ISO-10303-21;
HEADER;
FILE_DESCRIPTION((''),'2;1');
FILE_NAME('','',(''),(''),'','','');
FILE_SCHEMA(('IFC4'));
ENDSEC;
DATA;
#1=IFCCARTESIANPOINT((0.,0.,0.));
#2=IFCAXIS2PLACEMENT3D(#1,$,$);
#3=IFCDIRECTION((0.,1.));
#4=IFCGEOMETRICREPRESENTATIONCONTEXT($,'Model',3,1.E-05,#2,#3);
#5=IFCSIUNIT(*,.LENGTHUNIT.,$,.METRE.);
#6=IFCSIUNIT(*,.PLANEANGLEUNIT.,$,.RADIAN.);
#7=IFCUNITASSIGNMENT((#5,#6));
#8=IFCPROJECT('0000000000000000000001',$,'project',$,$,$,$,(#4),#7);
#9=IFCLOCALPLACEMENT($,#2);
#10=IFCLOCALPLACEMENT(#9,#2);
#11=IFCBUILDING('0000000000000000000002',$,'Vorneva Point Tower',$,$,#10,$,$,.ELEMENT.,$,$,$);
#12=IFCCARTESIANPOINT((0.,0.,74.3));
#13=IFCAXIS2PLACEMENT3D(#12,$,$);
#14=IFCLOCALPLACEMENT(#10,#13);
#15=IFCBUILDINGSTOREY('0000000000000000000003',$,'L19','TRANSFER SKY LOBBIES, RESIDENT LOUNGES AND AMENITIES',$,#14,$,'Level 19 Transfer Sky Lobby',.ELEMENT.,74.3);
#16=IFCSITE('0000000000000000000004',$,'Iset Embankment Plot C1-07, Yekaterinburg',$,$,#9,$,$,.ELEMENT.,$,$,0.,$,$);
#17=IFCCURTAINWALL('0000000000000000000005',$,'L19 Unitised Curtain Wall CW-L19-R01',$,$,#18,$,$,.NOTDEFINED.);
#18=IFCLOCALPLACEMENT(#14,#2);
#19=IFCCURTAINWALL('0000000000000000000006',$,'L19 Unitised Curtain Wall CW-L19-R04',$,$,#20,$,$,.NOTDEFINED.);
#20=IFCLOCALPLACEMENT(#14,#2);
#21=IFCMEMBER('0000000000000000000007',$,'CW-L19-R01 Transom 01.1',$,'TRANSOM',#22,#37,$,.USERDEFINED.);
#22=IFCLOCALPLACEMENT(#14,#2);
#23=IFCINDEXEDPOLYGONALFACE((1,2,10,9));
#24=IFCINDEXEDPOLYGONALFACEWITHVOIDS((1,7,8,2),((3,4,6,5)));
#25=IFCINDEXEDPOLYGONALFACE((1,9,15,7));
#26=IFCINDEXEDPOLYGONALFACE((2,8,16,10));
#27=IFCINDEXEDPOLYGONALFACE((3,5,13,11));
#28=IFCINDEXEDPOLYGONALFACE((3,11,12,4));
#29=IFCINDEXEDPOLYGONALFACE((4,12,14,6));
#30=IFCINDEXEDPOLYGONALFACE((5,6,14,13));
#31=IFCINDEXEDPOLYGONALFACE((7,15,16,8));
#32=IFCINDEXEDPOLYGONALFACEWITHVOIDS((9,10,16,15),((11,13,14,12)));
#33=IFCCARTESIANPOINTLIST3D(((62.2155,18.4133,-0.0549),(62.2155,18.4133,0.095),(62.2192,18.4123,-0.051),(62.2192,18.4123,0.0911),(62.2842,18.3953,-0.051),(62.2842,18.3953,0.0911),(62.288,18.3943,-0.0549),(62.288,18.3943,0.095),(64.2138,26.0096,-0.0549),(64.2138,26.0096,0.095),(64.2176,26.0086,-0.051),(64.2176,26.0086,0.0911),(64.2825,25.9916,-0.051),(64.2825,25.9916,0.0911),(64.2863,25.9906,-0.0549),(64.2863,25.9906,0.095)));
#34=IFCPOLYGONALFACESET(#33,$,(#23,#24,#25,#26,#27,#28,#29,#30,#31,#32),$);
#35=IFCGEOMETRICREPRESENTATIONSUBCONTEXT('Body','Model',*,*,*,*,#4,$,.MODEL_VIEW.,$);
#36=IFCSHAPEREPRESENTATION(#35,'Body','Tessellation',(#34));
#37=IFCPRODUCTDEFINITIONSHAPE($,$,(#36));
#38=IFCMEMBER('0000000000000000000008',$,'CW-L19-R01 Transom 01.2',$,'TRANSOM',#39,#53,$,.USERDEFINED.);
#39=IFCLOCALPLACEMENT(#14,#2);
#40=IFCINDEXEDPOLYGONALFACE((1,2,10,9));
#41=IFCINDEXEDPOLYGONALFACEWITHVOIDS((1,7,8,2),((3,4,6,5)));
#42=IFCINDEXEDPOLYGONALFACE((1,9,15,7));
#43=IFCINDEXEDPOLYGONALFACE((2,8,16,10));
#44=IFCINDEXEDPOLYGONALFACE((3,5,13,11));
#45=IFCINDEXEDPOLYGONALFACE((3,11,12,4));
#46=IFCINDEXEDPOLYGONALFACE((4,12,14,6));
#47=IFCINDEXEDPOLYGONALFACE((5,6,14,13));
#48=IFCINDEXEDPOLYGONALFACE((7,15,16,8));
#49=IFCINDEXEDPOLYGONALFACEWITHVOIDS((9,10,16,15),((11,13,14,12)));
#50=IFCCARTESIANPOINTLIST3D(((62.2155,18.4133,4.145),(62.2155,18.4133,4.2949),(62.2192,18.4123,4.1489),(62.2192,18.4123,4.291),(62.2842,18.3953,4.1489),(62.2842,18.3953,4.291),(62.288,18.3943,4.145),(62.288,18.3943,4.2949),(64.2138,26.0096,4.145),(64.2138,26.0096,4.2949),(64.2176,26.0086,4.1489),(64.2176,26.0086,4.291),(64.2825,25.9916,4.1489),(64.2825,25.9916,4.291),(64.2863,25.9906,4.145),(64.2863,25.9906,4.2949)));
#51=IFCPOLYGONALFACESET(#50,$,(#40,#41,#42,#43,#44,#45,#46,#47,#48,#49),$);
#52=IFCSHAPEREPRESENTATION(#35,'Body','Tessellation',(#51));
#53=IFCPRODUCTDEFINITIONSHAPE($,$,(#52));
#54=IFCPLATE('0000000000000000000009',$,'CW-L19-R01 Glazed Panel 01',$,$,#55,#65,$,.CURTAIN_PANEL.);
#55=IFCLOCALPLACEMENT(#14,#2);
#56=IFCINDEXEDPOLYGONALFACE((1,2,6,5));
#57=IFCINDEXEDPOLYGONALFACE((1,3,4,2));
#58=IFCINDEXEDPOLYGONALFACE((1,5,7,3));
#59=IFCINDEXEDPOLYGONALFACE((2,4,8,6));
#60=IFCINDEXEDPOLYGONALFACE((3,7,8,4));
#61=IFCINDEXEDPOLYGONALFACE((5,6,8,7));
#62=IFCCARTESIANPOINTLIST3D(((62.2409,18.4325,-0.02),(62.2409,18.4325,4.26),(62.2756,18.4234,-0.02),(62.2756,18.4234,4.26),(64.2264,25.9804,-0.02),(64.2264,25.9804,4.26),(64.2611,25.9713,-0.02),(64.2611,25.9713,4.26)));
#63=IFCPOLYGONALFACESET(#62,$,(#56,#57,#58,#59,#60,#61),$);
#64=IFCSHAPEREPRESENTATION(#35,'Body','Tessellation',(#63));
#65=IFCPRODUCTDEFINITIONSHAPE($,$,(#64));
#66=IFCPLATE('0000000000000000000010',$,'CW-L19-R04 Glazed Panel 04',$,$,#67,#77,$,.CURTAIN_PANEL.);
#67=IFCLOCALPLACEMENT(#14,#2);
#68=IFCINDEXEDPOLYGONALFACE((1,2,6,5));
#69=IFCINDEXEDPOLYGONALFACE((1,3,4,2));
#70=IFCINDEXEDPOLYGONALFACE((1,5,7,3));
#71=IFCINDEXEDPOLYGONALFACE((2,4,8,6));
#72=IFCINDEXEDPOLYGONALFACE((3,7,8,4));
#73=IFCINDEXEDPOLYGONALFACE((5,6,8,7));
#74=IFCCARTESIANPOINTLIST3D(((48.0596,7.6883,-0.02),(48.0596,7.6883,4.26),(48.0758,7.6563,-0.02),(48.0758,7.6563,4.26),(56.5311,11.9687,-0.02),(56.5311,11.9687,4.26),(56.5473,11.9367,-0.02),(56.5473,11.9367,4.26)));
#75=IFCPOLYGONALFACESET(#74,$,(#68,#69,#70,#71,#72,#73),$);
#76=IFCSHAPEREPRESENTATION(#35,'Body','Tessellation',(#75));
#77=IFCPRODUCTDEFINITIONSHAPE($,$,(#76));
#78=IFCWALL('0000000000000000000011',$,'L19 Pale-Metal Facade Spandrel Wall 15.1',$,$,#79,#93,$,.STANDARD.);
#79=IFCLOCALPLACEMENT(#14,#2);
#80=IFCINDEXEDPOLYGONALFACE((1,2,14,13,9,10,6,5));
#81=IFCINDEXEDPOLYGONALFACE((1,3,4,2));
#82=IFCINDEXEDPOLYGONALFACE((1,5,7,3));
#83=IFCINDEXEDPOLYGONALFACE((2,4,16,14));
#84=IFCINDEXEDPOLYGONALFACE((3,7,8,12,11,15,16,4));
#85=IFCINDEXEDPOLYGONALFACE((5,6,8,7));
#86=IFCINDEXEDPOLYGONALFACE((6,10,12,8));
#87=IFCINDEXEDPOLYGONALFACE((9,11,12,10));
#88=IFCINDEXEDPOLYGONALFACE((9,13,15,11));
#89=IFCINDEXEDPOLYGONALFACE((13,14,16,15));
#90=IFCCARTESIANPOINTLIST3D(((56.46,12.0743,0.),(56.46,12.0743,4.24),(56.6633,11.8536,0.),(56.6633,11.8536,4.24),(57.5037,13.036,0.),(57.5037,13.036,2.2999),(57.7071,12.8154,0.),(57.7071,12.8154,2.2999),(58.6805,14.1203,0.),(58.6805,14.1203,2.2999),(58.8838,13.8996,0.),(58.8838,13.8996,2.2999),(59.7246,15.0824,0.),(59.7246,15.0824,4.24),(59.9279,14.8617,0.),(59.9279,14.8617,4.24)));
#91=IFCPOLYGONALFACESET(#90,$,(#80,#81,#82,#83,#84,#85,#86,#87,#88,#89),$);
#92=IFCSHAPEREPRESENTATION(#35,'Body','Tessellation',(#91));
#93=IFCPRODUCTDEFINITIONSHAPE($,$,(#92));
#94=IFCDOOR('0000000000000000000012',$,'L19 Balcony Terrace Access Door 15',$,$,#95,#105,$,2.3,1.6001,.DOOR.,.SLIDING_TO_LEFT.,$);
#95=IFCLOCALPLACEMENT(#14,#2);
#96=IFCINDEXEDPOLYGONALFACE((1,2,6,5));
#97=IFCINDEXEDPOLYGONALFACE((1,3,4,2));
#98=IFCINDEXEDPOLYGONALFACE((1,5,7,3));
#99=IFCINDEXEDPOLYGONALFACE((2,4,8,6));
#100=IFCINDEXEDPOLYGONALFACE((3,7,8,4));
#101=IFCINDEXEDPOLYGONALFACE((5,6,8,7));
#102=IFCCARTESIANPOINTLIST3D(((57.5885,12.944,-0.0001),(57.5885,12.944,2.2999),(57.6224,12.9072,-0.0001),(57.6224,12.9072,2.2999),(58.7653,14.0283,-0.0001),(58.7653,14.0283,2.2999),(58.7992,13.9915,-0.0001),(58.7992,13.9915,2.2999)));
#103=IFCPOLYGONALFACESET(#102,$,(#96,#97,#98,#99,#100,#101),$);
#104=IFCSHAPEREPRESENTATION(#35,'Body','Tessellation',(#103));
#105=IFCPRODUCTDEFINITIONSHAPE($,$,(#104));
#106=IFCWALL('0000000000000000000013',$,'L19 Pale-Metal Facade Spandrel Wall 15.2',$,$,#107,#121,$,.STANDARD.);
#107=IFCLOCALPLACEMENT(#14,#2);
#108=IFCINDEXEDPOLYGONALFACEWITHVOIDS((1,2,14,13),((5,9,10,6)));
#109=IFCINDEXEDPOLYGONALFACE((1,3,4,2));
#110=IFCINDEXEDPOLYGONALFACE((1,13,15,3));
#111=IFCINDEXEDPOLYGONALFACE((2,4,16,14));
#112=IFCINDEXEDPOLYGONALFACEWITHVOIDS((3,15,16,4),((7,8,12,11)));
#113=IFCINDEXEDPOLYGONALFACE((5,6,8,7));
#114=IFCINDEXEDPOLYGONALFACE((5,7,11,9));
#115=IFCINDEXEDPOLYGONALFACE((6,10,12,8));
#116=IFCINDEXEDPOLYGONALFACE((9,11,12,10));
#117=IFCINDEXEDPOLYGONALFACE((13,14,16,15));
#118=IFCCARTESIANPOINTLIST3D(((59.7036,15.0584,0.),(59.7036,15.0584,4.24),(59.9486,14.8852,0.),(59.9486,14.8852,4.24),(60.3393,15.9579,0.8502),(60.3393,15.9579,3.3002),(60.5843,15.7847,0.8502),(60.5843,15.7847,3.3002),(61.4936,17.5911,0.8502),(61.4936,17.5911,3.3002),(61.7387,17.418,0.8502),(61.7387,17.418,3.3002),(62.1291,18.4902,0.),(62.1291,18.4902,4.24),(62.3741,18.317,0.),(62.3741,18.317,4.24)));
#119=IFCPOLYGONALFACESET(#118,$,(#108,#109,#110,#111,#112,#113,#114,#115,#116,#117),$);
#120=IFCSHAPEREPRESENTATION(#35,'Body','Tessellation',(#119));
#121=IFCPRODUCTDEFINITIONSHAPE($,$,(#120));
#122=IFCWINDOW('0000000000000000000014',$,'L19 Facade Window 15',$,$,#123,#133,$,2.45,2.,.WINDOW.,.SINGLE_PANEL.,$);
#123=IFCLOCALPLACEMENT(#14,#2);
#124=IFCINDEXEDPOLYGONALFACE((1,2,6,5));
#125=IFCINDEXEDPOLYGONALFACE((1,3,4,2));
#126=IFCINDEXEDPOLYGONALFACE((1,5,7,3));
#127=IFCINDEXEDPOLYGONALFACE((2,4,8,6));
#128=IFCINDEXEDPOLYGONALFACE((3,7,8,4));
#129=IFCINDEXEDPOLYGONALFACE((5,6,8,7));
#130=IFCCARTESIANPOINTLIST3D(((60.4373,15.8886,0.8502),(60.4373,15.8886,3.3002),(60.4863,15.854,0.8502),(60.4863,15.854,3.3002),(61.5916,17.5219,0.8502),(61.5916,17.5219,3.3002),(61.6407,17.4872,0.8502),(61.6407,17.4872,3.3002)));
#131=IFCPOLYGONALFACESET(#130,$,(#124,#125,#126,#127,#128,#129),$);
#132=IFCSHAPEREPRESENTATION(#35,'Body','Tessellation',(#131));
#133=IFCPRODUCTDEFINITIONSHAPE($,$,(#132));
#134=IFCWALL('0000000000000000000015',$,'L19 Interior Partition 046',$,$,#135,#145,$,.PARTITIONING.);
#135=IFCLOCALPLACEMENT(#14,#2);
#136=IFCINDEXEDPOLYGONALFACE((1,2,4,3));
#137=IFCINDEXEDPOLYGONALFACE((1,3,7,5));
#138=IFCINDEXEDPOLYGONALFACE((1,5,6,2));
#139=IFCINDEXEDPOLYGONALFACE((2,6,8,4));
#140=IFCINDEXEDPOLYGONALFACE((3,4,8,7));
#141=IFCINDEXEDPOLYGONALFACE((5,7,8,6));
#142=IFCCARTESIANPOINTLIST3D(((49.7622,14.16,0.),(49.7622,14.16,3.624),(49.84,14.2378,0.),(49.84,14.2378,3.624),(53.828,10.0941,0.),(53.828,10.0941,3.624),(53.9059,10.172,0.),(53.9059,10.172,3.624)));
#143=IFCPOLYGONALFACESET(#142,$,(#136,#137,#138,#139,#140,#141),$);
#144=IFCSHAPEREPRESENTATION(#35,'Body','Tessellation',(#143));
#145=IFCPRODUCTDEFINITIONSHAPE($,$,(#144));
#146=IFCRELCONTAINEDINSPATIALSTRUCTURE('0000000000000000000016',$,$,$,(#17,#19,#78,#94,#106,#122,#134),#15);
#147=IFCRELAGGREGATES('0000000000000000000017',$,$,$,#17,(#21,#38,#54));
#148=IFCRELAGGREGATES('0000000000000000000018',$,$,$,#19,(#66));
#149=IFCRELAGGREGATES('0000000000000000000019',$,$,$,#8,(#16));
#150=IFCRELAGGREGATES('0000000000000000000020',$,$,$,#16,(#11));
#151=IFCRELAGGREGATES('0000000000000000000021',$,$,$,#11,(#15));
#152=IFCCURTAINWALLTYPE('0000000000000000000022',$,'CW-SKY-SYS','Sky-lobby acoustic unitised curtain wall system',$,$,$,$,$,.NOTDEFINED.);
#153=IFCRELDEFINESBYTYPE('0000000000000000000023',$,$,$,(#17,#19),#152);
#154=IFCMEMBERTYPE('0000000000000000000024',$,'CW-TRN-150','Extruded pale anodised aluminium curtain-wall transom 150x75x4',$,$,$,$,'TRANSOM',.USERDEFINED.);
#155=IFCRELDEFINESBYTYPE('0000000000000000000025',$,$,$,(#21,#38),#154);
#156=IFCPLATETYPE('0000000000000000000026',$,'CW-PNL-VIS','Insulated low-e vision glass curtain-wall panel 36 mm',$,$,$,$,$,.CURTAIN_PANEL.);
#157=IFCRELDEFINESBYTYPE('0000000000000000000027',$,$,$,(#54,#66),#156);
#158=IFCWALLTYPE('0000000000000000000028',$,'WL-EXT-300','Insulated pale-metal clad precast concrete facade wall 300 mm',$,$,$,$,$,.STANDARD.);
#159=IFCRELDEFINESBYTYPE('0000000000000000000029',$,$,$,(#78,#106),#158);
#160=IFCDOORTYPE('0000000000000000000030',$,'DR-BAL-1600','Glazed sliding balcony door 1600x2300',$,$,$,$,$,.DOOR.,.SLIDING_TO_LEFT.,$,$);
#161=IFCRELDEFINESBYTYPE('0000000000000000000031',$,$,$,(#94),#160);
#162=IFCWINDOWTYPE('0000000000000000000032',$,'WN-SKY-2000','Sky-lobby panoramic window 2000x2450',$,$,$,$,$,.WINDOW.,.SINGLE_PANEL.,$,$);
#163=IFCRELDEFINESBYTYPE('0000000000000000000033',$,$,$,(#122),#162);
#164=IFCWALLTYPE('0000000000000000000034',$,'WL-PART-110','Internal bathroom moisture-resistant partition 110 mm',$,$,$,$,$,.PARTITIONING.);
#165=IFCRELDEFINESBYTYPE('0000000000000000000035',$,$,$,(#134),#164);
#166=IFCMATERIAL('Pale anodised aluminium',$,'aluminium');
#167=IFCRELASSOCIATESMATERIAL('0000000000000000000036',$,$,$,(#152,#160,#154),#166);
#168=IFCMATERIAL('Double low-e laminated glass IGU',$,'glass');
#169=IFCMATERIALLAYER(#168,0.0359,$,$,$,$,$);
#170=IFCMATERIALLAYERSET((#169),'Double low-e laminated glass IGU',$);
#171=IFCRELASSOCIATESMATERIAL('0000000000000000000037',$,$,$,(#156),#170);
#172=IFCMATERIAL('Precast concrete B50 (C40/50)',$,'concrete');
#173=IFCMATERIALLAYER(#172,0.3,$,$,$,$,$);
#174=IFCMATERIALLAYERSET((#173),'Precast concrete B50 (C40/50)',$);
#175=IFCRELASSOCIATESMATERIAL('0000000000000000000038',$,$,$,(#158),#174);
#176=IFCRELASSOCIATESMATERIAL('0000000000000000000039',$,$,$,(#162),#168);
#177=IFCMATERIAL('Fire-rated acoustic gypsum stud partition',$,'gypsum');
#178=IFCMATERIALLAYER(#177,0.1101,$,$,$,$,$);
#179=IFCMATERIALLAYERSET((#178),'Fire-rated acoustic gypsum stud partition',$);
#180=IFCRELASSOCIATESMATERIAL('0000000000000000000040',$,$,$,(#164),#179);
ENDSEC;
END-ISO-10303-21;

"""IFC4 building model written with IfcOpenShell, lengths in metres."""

from ifc_helpers import new_model, si_unit, direction, frame, frame_2d, origin, origin_2d, place, context, subcontext, project, spatial, rectangle, hollow_rectangle, extrude, material, layer, layer_set, material_profile, profile_set, type_object, element, fill, aggregate, save


model = new_model("IFC4")

# Units and contexts
model_context = context("Model", 3, precision=1e-05, world=origin(), true_north=direction((0.0, 1.0)))
body_context = subcontext(model_context, "Body", "Model", "MODEL_VIEW")
ifc_project = project(units=[si_unit("LENGTHUNIT", "METRE"), si_unit("PLANEANGLEUNIT", "RADIAN")], contexts=[model_context])

# Site, building, storey
site_placement = place(None, origin())
site = spatial("IfcSite", under=ifc_project, at=site_placement, Name="Iset Embankment Plot C1-07, Yekaterinburg", CompositionType="ELEMENT", RefElevation=0.0)
building_placement = place(site_placement, origin())
building = spatial("IfcBuilding", under=site, at=building_placement, Name="Vorneva Point Tower", CompositionType="ELEMENT")
storey_placement = place(building_placement, frame((0.0, 0.0, 74.3)))
storey = spatial("IfcBuildingStorey", under=building, at=storey_placement, Name="L19", Description="TRANSFER SKY LOBBIES, RESIDENT LOUNGES AND AMENITIES", LongName="Level 19 Transfer Sky Lobby", CompositionType="ELEMENT", Elevation=74.3)

# Curtain walls
ifc_material_1 = material(Name="Pale anodised aluminium", Category="aluminium")
curtain_wall_type = type_object("IfcCurtainWallType", Name="CW-SKY-SYS", Description="Sky-lobby acoustic unitised curtain wall system", PredefinedType="NOTDEFINED", material=ifc_material_1)
curtain_wall_1_placement = place(storey_placement, origin())
curtain_wall_1 = element("IfcCurtainWall", 1, at=curtain_wall_1_placement, inside=storey, type_object=curtain_wall_type, Name="L19 Unitised Curtain Wall CW-L19-R01", PredefinedType="NOTDEFINED")
curtain_wall_2_placement = place(storey_placement, origin())
curtain_wall_2 = element("IfcCurtainWall", 2, at=curtain_wall_2_placement, inside=storey, type_object=curtain_wall_type, Name="L19 Unitised Curtain Wall CW-L19-R04", PredefinedType="NOTDEFINED")

# Members
ifc_material_profile_1 = material_profile(ifc_material_1, hollow_rectangle(XDim=0.075, YDim=0.1499, WallThickness=0.0039, at=origin_2d()), Name="AL-TRN 150x75x4")
ifc_profile_set_1 = profile_set([ifc_material_profile_1], Name="Pale anodised aluminium")
member_type_1 = type_object("IfcMemberType", Name="CW-TRN-150", Description="Extruded pale anodised aluminium curtain-wall transom 150x75x4", ElementType="TRANSOM", PredefinedType="USERDEFINED", material=ifc_profile_set_1)
member_1_placement = place(storey_placement, frame((62.2517, 18.4038, 0.02), z_axis=(0.254409, 0.967097, 0.0), x_axis=(-0.967097, 0.254409, 0.0)))
member_1 = element("IfcMember", 3, at=member_1_placement, type_object=member_type_1, Name="CW-L19-R01 Transom 01.1", ObjectType="TRANSOM", PredefinedType="USERDEFINED", context=body_context, shape_type="SweptSolid", body=[
    extrude(hollow_rectangle(XDim=0.075, YDim=0.1499, WallThickness=0.0039, at=origin_2d()), origin(), (0.0, 0.0, 1.0), 7.8547),
])
member_2_placement = place(storey_placement, frame((62.2517, 18.4038, 4.22), z_axis=(0.254409, 0.967097, 0.0), x_axis=(-0.967097, 0.254409, 0.0)))
member_2 = element("IfcMember", 4, at=member_2_placement, type_object=member_type_1, Name="CW-L19-R01 Transom 01.2", ObjectType="TRANSOM", PredefinedType="USERDEFINED", context=body_context, shape_type="SweptSolid", body=[
    extrude(hollow_rectangle(XDim=0.075, YDim=0.1499, WallThickness=0.0039, at=origin_2d()), origin(), (0.0, 0.0, 1.0), 7.8547),
])

# Plates
ifc_material_2 = material(Name="Double low-e laminated glass IGU", Category="glass")
ifc_layer_1 = layer(ifc_material_2, 0.0359)
ifc_layer_set_1 = layer_set([ifc_layer_1], Name="Double low-e laminated glass IGU")
plate_type = type_object("IfcPlateType", Name="CW-PNL-VIS", Description="Insulated low-e vision glass curtain-wall panel 36 mm", PredefinedType="CURTAIN_PANEL", material=ifc_layer_set_1)
plate_1_placement = place(storey_placement, frame((63.251, 22.2019, -0.02), z_axis=(0.0, 0.0, 1.0), x_axis=(0.254399, 0.967099, 0.0)))
plate_1 = element("IfcPlate", 5, at=plate_1_placement, type_object=plate_type, Name="CW-L19-R01 Glazed Panel 01", PredefinedType="CURTAIN_PANEL", context=body_context, shape_type="SweptSolid", body=[
    extrude(rectangle(XDim=7.8047, YDim=0.0359, at=origin_2d()), origin(), (0.0, 0.0, 1.0), 4.28),
])
aggregate(curtain_wall_1, [member_1, member_2, plate_1])
plate_2_placement = place(storey_placement, frame((52.3035, 9.8125, -0.02), z_axis=(0.0, 0.0, 1.0), x_axis=(0.892539, 0.450971, 0.0)))
plate_2 = element("IfcPlate", 6, at=plate_2_placement, type_object=plate_type, Name="CW-L19-R04 Glazed Panel 04", PredefinedType="CURTAIN_PANEL", context=body_context, shape_type="SweptSolid", body=[
    extrude(rectangle(XDim=9.4915, YDim=0.0359, at=origin_2d()), origin(), (0.0, 0.0, 1.0), 4.28),
])
aggregate(curtain_wall_2, [plate_2])

# Wall, opening, door
ifc_material_3 = material(Name="Precast concrete B50 (C40/50)", Category="concrete")
ifc_layer_2 = layer(ifc_material_3, 0.3)
ifc_layer_set_2 = layer_set([ifc_layer_2], Name="Precast concrete B50 (C40/50)")
wall_type_1 = type_object("IfcWallType", Name="WL-EXT-300", Description="Insulated pale-metal clad precast concrete facade wall 300 mm", PredefinedType="STANDARD", material=ifc_layer_set_2)
wall_1_placement = place(storey_placement, frame((56.5615, 11.9639, 0.0), z_axis=(0.0, 0.0, 1.0), x_axis=(0.735417, 0.677615, 0.0)))
wall_1 = element("IfcWall", 7, at=wall_1_placement, inside=storey, type_object=wall_type_1, Name="L19 Pale-Metal Facade Spandrel Wall 15.1", PredefinedType="STANDARD", context=body_context, shape_type="SweptSolid", body=[
    extrude(rectangle(XDim=4.4392, YDim=0.3, at=frame_2d((2.2197, 0.0))), origin(), (0.0, 0.0, 1.0), 4.24),
])
opening_1_placement = place(wall_1_placement, frame((1.4194, 0.0, 0.0)))
opening_1 = element("IfcOpeningElement", 8, at=opening_1_placement, cuts=wall_1, PredefinedType="OPENING", context=body_context, shape_type="SweptSolid", body=[
    extrude(rectangle(XDim=1.6001, YDim=2.3, at=frame_2d((0.8, 1.1499))), frame((0.0, 0.165, 0.0), z_axis=(0.0, -1.0, 0.0), x_axis=(1.0, 0.0, 0.0)), (0.0, 0.0, 1.0), 0.3298),
])
door_type = type_object("IfcDoorType", Name="DR-BAL-1600", Description="Glazed sliding balcony door 1600x2300", OperationType="SLIDING_TO_LEFT", PredefinedType="DOOR", material=ifc_material_1)
door_placement = place(opening_1_placement, origin())
door = element("IfcDoor", 9, at=door_placement, inside=storey, type_object=door_type, Name="L19 Balcony Terrace Access Door 15", OperationType="SLIDING_TO_LEFT", OverallHeight=2.3, OverallWidth=1.6001, PredefinedType="DOOR", context=body_context, shape_type="SweptSolid", body=[
    extrude(rectangle(XDim=1.6001, YDim=2.3, at=frame_2d((0.8, 1.1499))), frame((0.0, 0.0249, 0.0), z_axis=(0.0, -1.0, 0.0), x_axis=(1.0, 0.0, 0.0)), (0.0, 0.0, 1.0), 0.05),
])
fill(opening_1, door)

# Wall, opening, window
wall_2_placement = place(storey_placement, frame((59.8262, 14.9719, 0.0), z_axis=(0.0, 0.0, 1.0), x_axis=(0.577164, 0.816628, 0.0)))
wall_2 = element("IfcWall", 10, at=wall_2_placement, inside=storey, type_object=wall_type_1, Name="L19 Pale-Metal Facade Spandrel Wall 15.2", PredefinedType="STANDARD", context=body_context, shape_type="SweptSolid", body=[
    extrude(rectangle(XDim=4.2024, YDim=0.3, at=frame_2d((2.1011, 0.0))), origin(), (0.0, 0.0, 1.0), 4.24),
])
opening_2_placement = place(wall_2_placement, frame((1.1013, 0.0, 0.8501)))
opening_2 = element("IfcOpeningElement", 11, at=opening_2_placement, cuts=wall_2, PredefinedType="OPENING", context=body_context, shape_type="SweptSolid", body=[
    extrude(rectangle(XDim=2.0, YDim=2.45, at=frame_2d((1.0, 1.2251))), frame((0.0, 0.165, 0.0), z_axis=(0.0, -1.0, 0.0), x_axis=(1.0, 0.0, 0.0)), (0.0, 0.0, 1.0), 0.3298),
])
window_type = type_object("IfcWindowType", Name="WN-SKY-2000", Description="Sky-lobby panoramic window 2000x2450", PartitioningType="SINGLE_PANEL", PredefinedType="WINDOW", material=ifc_material_2)
window_placement = place(opening_2_placement, origin())
window = element("IfcWindow", 12, at=window_placement, inside=storey, type_object=window_type, Name="L19 Facade Window 15", OverallHeight=2.45, OverallWidth=2.0, PartitioningType="SINGLE_PANEL", PredefinedType="WINDOW", context=body_context, shape_type="SweptSolid", body=[
    extrude(rectangle(XDim=2.0, YDim=2.45, at=frame_2d((1.0, 1.2251))), frame((0.0, 0.03, 0.0), z_axis=(0.0, -1.0, 0.0), x_axis=(1.0, 0.0, 0.0)), (0.0, 0.0, 1.0), 0.0601),
])
fill(opening_2, window)

# Wall
ifc_material_4 = material(Name="Fire-rated acoustic gypsum stud partition", Category="gypsum")
ifc_layer_3 = layer(ifc_material_4, 0.1101)
ifc_layer_set_3 = layer_set([ifc_layer_3], Name="Fire-rated acoustic gypsum stud partition")
wall_type_2 = type_object("IfcWallType", Name="WL-PART-110", Description="Internal bathroom moisture-resistant partition 110 mm", PredefinedType="PARTITIONING", material=ifc_layer_set_3)
wall_3_placement = place(storey_placement, frame((53.8669, 10.1331, 0.0), z_axis=(0.0, 0.0, 1.0), x_axis=(-0.707107, 0.707107, 0.0)))
element("IfcWall", 13, at=wall_3_placement, inside=storey, type_object=wall_type_2, Name="L19 Interior Partition 046", PredefinedType="PARTITIONING", context=body_context, shape_type="SweptSolid", body=[
    extrude(rectangle(XDim=5.75, YDim=0.1101, at=frame_2d((2.875, 0.0))), origin(), (0.0, 0.0, 1.0), 3.624),
])

save(model, "model.ifc")
